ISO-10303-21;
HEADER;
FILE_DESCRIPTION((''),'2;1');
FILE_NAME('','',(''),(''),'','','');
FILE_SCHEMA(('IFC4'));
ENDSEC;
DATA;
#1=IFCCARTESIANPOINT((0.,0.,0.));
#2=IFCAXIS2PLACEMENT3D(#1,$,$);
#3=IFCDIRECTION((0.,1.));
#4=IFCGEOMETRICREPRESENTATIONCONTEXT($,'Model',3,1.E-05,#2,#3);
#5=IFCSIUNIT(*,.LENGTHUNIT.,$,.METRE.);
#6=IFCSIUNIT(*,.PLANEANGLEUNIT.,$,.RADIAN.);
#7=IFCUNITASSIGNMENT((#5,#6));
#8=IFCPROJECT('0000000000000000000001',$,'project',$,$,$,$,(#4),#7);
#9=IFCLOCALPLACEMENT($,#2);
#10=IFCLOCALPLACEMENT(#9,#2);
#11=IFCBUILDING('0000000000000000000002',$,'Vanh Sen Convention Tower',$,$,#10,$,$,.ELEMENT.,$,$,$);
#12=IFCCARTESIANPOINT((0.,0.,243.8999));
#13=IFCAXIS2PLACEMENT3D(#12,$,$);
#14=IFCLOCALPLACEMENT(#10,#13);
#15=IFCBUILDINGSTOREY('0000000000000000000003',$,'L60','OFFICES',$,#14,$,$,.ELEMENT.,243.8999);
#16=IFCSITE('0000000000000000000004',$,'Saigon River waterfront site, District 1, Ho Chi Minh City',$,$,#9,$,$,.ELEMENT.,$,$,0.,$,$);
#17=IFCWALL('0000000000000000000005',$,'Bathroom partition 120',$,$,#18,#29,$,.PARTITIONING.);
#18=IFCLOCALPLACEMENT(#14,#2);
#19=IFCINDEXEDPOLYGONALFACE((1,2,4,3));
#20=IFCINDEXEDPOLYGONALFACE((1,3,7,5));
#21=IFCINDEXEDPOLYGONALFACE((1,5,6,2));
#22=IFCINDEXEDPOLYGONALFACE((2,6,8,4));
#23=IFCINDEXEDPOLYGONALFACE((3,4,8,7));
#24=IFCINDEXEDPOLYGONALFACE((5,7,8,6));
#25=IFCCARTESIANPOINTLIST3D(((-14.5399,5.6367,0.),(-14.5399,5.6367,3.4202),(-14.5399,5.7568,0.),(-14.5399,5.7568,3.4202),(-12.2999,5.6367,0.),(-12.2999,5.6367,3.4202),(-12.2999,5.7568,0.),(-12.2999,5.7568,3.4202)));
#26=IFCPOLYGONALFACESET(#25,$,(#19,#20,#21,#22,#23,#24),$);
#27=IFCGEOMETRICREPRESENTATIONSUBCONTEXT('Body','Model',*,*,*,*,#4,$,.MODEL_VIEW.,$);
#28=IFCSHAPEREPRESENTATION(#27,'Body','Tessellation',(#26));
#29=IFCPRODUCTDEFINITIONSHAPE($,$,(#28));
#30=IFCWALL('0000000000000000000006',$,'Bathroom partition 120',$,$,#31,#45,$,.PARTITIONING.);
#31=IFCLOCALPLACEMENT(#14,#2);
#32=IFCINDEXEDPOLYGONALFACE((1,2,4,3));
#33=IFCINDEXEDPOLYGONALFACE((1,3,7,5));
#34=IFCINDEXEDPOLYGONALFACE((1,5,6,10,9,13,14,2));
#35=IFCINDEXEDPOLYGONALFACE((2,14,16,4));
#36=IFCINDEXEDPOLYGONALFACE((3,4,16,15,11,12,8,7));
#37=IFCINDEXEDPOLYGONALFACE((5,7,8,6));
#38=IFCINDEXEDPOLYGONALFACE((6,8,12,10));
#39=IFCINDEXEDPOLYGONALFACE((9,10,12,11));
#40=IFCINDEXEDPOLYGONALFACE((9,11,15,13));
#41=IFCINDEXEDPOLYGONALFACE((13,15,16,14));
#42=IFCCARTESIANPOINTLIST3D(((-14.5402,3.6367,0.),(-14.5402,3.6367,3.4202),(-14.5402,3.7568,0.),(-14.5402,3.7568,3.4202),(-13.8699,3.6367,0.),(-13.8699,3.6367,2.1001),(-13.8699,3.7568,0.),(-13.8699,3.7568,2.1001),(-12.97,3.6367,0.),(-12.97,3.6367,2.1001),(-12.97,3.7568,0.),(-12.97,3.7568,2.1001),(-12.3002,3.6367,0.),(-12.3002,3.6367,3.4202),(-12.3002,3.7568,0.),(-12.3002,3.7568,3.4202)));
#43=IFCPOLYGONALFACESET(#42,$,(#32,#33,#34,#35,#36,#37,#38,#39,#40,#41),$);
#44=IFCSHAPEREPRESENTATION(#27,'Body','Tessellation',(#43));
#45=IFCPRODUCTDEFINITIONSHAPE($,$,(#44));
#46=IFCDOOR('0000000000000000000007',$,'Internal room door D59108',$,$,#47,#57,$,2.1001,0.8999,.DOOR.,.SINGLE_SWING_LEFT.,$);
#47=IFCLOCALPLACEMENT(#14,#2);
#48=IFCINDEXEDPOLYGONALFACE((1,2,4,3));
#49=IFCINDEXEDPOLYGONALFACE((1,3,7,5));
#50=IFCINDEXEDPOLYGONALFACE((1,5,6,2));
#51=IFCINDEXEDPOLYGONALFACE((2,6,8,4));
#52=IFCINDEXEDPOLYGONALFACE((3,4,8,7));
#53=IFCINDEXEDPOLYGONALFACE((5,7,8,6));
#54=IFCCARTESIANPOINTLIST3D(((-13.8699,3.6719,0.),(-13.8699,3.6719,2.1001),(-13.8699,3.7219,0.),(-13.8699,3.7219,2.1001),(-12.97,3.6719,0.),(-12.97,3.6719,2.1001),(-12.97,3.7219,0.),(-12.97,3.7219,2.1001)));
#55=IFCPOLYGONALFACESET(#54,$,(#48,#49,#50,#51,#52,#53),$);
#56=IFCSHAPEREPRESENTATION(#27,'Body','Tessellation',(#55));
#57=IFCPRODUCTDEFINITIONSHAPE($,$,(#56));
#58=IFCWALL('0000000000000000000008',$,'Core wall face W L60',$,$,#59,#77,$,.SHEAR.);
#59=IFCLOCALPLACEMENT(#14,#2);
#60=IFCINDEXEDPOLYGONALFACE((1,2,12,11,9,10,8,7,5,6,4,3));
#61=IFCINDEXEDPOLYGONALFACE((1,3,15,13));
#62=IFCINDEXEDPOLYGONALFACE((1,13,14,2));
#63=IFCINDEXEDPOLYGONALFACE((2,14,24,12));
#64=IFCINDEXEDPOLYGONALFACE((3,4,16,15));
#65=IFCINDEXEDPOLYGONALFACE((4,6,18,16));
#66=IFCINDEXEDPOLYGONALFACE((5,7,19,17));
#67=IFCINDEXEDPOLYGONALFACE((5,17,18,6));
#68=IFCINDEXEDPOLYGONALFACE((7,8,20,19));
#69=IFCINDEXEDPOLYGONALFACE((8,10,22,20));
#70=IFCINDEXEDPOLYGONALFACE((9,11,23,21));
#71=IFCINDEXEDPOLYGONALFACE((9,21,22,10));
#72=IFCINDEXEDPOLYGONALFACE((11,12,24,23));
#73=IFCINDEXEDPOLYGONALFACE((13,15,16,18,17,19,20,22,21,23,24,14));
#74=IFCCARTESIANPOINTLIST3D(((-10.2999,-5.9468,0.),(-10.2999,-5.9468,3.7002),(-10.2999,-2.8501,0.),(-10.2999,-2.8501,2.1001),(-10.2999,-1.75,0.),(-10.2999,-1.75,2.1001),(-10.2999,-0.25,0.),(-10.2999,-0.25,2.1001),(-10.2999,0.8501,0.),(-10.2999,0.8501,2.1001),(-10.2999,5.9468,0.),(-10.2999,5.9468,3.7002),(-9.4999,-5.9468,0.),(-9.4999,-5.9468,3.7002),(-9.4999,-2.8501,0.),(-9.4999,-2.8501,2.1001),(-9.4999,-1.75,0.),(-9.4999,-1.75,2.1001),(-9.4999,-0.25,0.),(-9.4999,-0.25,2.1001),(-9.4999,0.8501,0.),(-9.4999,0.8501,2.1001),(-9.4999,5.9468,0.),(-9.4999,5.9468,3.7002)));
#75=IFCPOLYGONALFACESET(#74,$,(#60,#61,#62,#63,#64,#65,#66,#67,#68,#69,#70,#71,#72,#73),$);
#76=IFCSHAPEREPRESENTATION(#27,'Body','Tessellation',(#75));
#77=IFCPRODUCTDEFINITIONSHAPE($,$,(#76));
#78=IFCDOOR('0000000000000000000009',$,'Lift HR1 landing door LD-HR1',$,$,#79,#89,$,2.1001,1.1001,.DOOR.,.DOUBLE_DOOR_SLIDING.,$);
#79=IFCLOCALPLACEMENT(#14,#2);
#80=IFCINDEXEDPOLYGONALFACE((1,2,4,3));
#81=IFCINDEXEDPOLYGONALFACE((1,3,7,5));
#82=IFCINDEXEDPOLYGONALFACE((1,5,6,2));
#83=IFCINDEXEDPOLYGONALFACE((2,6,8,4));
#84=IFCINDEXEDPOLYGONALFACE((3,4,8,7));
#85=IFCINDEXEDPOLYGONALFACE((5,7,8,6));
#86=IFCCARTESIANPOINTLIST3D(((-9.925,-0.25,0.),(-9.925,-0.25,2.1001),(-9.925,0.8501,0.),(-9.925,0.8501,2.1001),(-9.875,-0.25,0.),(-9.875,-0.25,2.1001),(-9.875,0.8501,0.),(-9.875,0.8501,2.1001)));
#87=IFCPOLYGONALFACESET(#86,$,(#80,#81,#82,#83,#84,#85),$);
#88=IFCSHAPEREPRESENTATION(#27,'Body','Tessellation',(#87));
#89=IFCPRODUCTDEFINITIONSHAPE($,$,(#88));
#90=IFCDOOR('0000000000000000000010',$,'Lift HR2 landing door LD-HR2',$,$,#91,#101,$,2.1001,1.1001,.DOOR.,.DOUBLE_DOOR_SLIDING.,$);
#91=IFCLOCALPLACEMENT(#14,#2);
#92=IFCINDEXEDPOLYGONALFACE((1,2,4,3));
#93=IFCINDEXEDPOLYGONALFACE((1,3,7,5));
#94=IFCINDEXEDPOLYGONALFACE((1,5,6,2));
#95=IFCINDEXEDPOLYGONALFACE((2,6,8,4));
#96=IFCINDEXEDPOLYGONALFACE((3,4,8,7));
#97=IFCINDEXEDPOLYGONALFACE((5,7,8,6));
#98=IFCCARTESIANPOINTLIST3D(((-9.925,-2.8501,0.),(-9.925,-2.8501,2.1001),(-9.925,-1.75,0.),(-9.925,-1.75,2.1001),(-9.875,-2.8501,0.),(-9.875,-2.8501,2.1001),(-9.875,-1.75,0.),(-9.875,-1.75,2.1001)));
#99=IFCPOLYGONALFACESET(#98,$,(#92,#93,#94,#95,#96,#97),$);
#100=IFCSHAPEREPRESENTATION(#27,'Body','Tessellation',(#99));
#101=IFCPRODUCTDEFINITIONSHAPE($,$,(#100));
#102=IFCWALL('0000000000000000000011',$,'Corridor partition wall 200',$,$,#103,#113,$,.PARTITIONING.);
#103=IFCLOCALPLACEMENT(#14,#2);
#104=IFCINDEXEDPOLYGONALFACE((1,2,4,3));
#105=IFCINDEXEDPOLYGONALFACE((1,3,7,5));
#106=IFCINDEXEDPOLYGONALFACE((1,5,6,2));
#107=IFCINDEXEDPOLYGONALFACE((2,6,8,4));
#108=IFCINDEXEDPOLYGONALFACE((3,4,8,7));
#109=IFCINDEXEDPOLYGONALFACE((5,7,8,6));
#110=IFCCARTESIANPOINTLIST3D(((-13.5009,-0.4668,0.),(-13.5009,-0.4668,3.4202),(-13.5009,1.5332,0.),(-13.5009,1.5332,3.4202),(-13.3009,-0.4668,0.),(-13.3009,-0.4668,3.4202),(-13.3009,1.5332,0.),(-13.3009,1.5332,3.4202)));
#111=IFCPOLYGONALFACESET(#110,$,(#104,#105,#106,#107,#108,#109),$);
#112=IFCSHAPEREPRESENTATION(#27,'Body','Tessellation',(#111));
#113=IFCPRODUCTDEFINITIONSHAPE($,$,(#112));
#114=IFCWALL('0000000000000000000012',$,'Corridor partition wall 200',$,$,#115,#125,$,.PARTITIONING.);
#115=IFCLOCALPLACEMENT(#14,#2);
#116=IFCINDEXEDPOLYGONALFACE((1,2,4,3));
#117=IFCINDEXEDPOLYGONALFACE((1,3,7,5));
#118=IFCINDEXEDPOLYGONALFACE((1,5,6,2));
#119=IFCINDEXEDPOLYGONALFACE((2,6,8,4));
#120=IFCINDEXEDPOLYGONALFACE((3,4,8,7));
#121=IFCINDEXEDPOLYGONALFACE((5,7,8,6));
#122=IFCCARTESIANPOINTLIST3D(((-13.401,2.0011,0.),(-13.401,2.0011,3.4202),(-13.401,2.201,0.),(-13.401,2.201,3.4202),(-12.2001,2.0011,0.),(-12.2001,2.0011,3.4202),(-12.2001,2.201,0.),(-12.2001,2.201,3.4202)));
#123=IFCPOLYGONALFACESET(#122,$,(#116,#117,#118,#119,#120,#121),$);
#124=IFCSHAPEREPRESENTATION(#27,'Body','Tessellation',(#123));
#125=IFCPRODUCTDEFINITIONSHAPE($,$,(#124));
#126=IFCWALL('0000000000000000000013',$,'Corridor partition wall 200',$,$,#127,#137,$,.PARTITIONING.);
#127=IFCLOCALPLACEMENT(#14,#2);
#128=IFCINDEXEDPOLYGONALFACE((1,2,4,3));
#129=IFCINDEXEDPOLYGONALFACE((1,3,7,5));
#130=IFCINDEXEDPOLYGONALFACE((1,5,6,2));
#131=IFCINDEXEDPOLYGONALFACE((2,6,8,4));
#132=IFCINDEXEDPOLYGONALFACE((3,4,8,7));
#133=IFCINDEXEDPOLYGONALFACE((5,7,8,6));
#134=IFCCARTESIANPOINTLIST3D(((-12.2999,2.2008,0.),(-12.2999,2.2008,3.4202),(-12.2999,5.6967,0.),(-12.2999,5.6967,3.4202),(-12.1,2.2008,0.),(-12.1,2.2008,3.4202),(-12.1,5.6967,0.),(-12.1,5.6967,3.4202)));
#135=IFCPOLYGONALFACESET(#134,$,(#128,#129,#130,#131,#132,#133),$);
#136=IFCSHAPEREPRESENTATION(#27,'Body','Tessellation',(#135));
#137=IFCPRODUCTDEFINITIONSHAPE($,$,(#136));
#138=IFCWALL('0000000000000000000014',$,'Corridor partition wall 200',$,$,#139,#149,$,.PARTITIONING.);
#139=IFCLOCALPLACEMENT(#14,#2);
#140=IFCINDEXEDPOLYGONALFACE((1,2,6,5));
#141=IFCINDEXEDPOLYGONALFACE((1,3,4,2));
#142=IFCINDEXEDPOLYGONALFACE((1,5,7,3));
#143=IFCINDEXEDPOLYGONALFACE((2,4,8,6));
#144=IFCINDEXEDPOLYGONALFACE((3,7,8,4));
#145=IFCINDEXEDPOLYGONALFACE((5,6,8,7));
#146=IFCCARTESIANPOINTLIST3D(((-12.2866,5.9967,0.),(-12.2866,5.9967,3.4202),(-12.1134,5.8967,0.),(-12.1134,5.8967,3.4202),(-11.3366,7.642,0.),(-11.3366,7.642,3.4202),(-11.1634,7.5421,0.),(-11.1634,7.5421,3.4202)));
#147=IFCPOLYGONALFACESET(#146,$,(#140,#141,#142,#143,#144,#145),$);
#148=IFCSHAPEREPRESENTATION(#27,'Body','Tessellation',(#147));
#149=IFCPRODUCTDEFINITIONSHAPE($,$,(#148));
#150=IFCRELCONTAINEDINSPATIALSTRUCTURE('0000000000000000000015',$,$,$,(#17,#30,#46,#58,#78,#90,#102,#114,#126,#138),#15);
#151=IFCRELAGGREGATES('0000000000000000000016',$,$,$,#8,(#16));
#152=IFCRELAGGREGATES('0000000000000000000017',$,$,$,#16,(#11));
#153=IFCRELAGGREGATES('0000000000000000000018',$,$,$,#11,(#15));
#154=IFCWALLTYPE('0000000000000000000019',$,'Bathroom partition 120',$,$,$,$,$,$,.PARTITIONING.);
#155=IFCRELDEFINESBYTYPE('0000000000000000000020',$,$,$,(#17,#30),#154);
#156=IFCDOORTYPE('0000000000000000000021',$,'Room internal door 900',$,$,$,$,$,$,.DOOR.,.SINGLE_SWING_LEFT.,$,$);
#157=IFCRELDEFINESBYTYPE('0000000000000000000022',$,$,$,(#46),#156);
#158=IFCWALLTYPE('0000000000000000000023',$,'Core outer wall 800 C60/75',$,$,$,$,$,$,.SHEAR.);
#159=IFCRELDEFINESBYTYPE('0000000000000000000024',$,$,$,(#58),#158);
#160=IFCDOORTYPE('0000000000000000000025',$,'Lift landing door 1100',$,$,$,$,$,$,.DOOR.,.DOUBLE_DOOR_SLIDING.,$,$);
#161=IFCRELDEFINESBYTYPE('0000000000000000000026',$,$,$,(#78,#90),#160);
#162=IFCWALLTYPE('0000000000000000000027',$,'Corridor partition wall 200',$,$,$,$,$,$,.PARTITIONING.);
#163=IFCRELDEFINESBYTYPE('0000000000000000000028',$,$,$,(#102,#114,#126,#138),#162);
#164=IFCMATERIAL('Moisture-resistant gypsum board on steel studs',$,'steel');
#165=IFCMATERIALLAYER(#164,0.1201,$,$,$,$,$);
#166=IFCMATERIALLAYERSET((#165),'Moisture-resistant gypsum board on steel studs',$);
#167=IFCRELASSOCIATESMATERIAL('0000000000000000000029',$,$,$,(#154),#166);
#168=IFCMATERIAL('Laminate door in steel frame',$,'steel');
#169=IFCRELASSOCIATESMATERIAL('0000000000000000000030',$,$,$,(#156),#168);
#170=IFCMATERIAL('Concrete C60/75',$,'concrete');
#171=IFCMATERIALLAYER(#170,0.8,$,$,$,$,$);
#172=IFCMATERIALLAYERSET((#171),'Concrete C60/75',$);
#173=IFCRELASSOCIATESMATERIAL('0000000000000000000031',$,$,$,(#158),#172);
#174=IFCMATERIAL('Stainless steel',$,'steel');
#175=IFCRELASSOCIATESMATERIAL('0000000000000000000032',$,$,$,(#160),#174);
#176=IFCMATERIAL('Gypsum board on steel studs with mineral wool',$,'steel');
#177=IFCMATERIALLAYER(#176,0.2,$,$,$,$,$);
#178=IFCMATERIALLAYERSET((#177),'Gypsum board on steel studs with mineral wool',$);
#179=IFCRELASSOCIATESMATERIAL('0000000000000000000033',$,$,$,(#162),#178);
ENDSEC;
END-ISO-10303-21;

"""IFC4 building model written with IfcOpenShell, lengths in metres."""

from ifc_helpers import new_model, si_unit, direction, frame, frame_2d, origin, place, context, subcontext, project, spatial, rectangle, extrude, material, layer, layer_set, type_object, element, fill, save


model = new_model("IFC4")

# Units and contexts
model_context = context("Model", 3, precision=1e-05, world=origin(), true_north=direction((0.0, 1.0)))
body_context = subcontext(model_context, "Body", "Model", "MODEL_VIEW")
ifc_project = project(units=[si_unit("LENGTHUNIT", "METRE"), si_unit("PLANEANGLEUNIT", "RADIAN")], contexts=[model_context])

# Site, building, storey
site_placement = place(None, origin())
site = spatial("IfcSite", under=ifc_project, at=site_placement, Name="Saigon River waterfront site, District 1, Ho Chi Minh City", CompositionType="ELEMENT", RefElevation=0.0)
building_placement = place(site_placement, origin())
building = spatial("IfcBuilding", under=site, at=building_placement, Name="Vanh Sen Convention Tower", CompositionType="ELEMENT")
storey_placement = place(building_placement, frame((0.0, 0.0, 243.8999)))
storey = spatial("IfcBuildingStorey", under=building, at=storey_placement, Name="L60", Description="OFFICES", CompositionType="ELEMENT", Elevation=243.8999)

# Wall
ifc_material_1 = material(Name="Moisture-resistant gypsum board on steel studs", Category="steel")
ifc_layer_1 = layer(ifc_material_1, 0.1201)
ifc_layer_set_1 = layer_set([ifc_layer_1], Name="Moisture-resistant gypsum board on steel studs")
wall_type_1 = type_object("IfcWallType", Name="Bathroom partition 120", PredefinedType="PARTITIONING", material=ifc_layer_set_1)
wall_1_placement = place(storey_placement, frame((-14.54, 5.6968, 0.0), z_axis=(0.0, 0.0, 1.0), x_axis=(1.0, 0.0, 0.0)))
element("IfcWall", 1, at=wall_1_placement, inside=storey, type_object=wall_type_1, Name="Bathroom partition 120", PredefinedType="PARTITIONING", context=body_context, shape_type="SweptSolid", body=[
    extrude(rectangle(XDim=2.24, YDim=0.1201, at=frame_2d((1.1201, 0.0))), origin(), (0.0, 0.0, 1.0), 3.4202),
])

# Wall, opening, door
wall_2_placement = place(storey_placement, frame((-12.3, 3.6968, 0.0), z_axis=(0.0, 0.0, 1.0), x_axis=(-1.0, 0.0, 0.0)))
wall_2 = element("IfcWall", 2, at=wall_2_placement, inside=storey, type_object=wall_type_1, Name="Bathroom partition 120", PredefinedType="PARTITIONING", context=body_context, shape_type="SweptSolid", body=[
    extrude(rectangle(XDim=2.24, YDim=0.1201, at=frame_2d((1.1201, 0.0))), origin(), (0.0, 0.0, 1.0), 3.4202),
])
opening_1_placement = place(wall_2_placement, frame((0.6699, 0.0, 0.0)))
opening_1 = element("IfcOpeningElement", 3, at=opening_1_placement, cuts=wall_2, PredefinedType="OPENING", context=body_context, shape_type="SweptSolid", body=[
    extrude(rectangle(XDim=0.8999, YDim=2.1001, at=frame_2d((0.45, 1.05))), frame((0.0, 0.0701, 0.0), z_axis=(0.0, -1.0, 0.0), x_axis=(1.0, 0.0, 0.0)), (0.0, 0.0, 1.0), 0.1401),
])
ifc_material_2 = material(Name="Laminate door in steel frame", Category="steel")
door_type_1 = type_object("IfcDoorType", Name="Room internal door 900", OperationType="SINGLE_SWING_LEFT", PredefinedType="DOOR", material=ifc_material_2)
door_1_placement = place(opening_1_placement, origin())
door_1 = element("IfcDoor", 4, at=door_1_placement, inside=storey, type_object=door_type_1, Name="Internal room door D59108", OperationType="SINGLE_SWING_LEFT", OverallHeight=2.1001, OverallWidth=0.8999, PredefinedType="DOOR", context=body_context, shape_type="SweptSolid", body=[
    extrude(rectangle(XDim=0.8999, YDim=2.1001, at=frame_2d((0.45, 1.05))), frame((0.0, 0.0249, 0.0), z_axis=(0.0, -1.0, 0.0), x_axis=(1.0, 0.0, 0.0)), (0.0, 0.0, 1.0), 0.05),
])
fill(opening_1, door_1)

# Wall, openings, doors
ifc_material_3 = material(Name="Concrete C60/75", Category="concrete")
ifc_layer_2 = layer(ifc_material_3, 0.8)
ifc_layer_set_2 = layer_set([ifc_layer_2], Name="Concrete C60/75")
wall_type_2 = type_object("IfcWallType", Name="Core outer wall 800 C60/75", PredefinedType="SHEAR", material=ifc_layer_set_2)
wall_3_placement = place(storey_placement, frame((-9.8999, 5.9468, 0.0), z_axis=(0.0, 0.0, 1.0), x_axis=(0.0, -1.0, 0.0)))
wall_3 = element("IfcWall", 5, at=wall_3_placement, inside=storey, type_object=wall_type_2, Name="Core wall face W L60", PredefinedType="SHEAR", context=body_context, shape_type="SweptSolid", body=[
    extrude(rectangle(XDim=11.8936, YDim=0.8, at=frame_2d((5.9468, 0.0))), origin(), (0.0, 0.0, 1.0), 3.7002),
])
opening_2_placement = place(wall_3_placement, frame((5.0967, 0.0, 0.0)))
opening_2 = element("IfcOpeningElement", 6, at=opening_2_placement, cuts=wall_3, PredefinedType="OPENING", context=body_context, shape_type="SweptSolid", body=[
    extrude(rectangle(XDim=1.1001, YDim=2.1001, at=frame_2d((0.55, 1.05))), frame((0.0, 0.4099, 0.0), z_axis=(0.0, -1.0, 0.0), x_axis=(1.0, 0.0, 0.0)), (0.0, 0.0, 1.0), 0.8201),
])
opening_3_placement = place(wall_3_placement, frame((7.6968, 0.0, 0.0)))
opening_3 = element("IfcOpeningElement", 7, at=opening_3_placement, cuts=wall_3, PredefinedType="OPENING", context=body_context, shape_type="SweptSolid", body=[
    extrude(rectangle(XDim=1.1001, YDim=2.1001, at=frame_2d((0.55, 1.05))), frame((0.0, 0.4099, 0.0), z_axis=(0.0, -1.0, 0.0), x_axis=(1.0, 0.0, 0.0)), (0.0, 0.0, 1.0), 0.8201),
])
ifc_material_4 = material(Name="Stainless steel", Category="steel")
door_type_2 = type_object("IfcDoorType", Name="Lift landing door 1100", OperationType="DOUBLE_DOOR_SLIDING", PredefinedType="DOOR", material=ifc_material_4)
door_2_placement = place(opening_2_placement, origin())
door_2 = element("IfcDoor", 8, at=door_2_placement, inside=storey, type_object=door_type_2, Name="Lift HR1 landing door LD-HR1", OperationType="DOUBLE_DOOR_SLIDING", OverallHeight=2.1001, OverallWidth=1.1001, PredefinedType="DOOR", context=body_context, shape_type="SweptSolid", body=[
    extrude(rectangle(XDim=1.1001, YDim=2.1001, at=frame_2d((0.55, 1.05))), frame((0.0, 0.0249, 0.0), z_axis=(0.0, -1.0, 0.0), x_axis=(1.0, 0.0, 0.0)), (0.0, 0.0, 1.0), 0.05),
])
fill(opening_2, door_2)
door_3_placement = place(opening_3_placement, origin())
door_3 = element("IfcDoor", 9, at=door_3_placement, inside=storey, type_object=door_type_2, Name="Lift HR2 landing door LD-HR2", OperationType="DOUBLE_DOOR_SLIDING", OverallHeight=2.1001, OverallWidth=1.1001, PredefinedType="DOOR", context=body_context, shape_type="SweptSolid", body=[
    extrude(rectangle(XDim=1.1001, YDim=2.1001, at=frame_2d((0.55, 1.05))), frame((0.0, 0.0249, 0.0), z_axis=(0.0, -1.0, 0.0), x_axis=(1.0, 0.0, 0.0)), (0.0, 0.0, 1.0), 0.05),
])
fill(opening_3, door_3)

# Walls
ifc_material_5 = material(Name="Gypsum board on steel studs with mineral wool", Category="steel")
ifc_layer_3 = layer(ifc_material_5, 0.2)
ifc_layer_set_3 = layer_set([ifc_layer_3], Name="Gypsum board on steel studs with mineral wool")
wall_type_3 = type_object("IfcWallType", Name="Corridor partition wall 200", PredefinedType="PARTITIONING", material=ifc_layer_set_3)
wall_4_placement = place(storey_placement, frame((-13.4009, 1.5332, 0.0), z_axis=(0.0, 0.0, 1.0), x_axis=(0.0, -1.0, 0.0)))
element("IfcWall", 10, at=wall_4_placement, inside=storey, type_object=wall_type_3, Name="Corridor partition wall 200", PredefinedType="PARTITIONING", context=body_context, shape_type="SweptSolid", body=[
    extrude(rectangle(XDim=2.0, YDim=0.2, at=frame_2d((1.0, 0.0))), origin(), (0.0, 0.0, 1.0), 3.4202),
])
wall_5_placement = place(storey_placement, frame((-12.2, 2.1011, 0.0), z_axis=(0.0, 0.0, 1.0), x_axis=(-1.0, 0.0, 0.0)))
element("IfcWall", 11, at=wall_5_placement, inside=storey, type_object=wall_type_3, Name="Corridor partition wall 200", PredefinedType="PARTITIONING", context=body_context, shape_type="SweptSolid", body=[
    extrude(rectangle(XDim=1.2009, YDim=0.2, at=frame_2d((0.6006, 0.0))), origin(), (0.0, 0.0, 1.0), 3.4202),
])
wall_6_placement = place(storey_placement, frame((-12.2, 5.6968, 0.0), z_axis=(0.0, 0.0, 1.0), x_axis=(0.0, -1.0, 0.0)))
element("IfcWall", 12, at=wall_6_placement, inside=storey, type_object=wall_type_3, Name="Corridor partition wall 200", PredefinedType="PARTITIONING", context=body_context, shape_type="SweptSolid", body=[
    extrude(rectangle(XDim=3.4958, YDim=0.2, at=frame_2d((1.748, 0.0))), origin(), (0.0, 0.0, 1.0), 3.4202),
])
wall_7_placement = place(storey_placement, frame((-11.25, 7.592, 0.0), z_axis=(0.0, 0.0, 1.0), x_axis=(-0.500023, -0.866012, 0.0)))
element("IfcWall", 13, at=wall_7_placement, inside=storey, type_object=wall_type_3, Name="Corridor partition wall 200", PredefinedType="PARTITIONING", context=body_context, shape_type="SweptSolid", body=[
    extrude(rectangle(XDim=1.8999, YDim=0.2, at=frame_2d((0.95, 0.0))), origin(), (0.0, 0.0, 1.0), 3.4202),
])

save(model, "model.ifc")
